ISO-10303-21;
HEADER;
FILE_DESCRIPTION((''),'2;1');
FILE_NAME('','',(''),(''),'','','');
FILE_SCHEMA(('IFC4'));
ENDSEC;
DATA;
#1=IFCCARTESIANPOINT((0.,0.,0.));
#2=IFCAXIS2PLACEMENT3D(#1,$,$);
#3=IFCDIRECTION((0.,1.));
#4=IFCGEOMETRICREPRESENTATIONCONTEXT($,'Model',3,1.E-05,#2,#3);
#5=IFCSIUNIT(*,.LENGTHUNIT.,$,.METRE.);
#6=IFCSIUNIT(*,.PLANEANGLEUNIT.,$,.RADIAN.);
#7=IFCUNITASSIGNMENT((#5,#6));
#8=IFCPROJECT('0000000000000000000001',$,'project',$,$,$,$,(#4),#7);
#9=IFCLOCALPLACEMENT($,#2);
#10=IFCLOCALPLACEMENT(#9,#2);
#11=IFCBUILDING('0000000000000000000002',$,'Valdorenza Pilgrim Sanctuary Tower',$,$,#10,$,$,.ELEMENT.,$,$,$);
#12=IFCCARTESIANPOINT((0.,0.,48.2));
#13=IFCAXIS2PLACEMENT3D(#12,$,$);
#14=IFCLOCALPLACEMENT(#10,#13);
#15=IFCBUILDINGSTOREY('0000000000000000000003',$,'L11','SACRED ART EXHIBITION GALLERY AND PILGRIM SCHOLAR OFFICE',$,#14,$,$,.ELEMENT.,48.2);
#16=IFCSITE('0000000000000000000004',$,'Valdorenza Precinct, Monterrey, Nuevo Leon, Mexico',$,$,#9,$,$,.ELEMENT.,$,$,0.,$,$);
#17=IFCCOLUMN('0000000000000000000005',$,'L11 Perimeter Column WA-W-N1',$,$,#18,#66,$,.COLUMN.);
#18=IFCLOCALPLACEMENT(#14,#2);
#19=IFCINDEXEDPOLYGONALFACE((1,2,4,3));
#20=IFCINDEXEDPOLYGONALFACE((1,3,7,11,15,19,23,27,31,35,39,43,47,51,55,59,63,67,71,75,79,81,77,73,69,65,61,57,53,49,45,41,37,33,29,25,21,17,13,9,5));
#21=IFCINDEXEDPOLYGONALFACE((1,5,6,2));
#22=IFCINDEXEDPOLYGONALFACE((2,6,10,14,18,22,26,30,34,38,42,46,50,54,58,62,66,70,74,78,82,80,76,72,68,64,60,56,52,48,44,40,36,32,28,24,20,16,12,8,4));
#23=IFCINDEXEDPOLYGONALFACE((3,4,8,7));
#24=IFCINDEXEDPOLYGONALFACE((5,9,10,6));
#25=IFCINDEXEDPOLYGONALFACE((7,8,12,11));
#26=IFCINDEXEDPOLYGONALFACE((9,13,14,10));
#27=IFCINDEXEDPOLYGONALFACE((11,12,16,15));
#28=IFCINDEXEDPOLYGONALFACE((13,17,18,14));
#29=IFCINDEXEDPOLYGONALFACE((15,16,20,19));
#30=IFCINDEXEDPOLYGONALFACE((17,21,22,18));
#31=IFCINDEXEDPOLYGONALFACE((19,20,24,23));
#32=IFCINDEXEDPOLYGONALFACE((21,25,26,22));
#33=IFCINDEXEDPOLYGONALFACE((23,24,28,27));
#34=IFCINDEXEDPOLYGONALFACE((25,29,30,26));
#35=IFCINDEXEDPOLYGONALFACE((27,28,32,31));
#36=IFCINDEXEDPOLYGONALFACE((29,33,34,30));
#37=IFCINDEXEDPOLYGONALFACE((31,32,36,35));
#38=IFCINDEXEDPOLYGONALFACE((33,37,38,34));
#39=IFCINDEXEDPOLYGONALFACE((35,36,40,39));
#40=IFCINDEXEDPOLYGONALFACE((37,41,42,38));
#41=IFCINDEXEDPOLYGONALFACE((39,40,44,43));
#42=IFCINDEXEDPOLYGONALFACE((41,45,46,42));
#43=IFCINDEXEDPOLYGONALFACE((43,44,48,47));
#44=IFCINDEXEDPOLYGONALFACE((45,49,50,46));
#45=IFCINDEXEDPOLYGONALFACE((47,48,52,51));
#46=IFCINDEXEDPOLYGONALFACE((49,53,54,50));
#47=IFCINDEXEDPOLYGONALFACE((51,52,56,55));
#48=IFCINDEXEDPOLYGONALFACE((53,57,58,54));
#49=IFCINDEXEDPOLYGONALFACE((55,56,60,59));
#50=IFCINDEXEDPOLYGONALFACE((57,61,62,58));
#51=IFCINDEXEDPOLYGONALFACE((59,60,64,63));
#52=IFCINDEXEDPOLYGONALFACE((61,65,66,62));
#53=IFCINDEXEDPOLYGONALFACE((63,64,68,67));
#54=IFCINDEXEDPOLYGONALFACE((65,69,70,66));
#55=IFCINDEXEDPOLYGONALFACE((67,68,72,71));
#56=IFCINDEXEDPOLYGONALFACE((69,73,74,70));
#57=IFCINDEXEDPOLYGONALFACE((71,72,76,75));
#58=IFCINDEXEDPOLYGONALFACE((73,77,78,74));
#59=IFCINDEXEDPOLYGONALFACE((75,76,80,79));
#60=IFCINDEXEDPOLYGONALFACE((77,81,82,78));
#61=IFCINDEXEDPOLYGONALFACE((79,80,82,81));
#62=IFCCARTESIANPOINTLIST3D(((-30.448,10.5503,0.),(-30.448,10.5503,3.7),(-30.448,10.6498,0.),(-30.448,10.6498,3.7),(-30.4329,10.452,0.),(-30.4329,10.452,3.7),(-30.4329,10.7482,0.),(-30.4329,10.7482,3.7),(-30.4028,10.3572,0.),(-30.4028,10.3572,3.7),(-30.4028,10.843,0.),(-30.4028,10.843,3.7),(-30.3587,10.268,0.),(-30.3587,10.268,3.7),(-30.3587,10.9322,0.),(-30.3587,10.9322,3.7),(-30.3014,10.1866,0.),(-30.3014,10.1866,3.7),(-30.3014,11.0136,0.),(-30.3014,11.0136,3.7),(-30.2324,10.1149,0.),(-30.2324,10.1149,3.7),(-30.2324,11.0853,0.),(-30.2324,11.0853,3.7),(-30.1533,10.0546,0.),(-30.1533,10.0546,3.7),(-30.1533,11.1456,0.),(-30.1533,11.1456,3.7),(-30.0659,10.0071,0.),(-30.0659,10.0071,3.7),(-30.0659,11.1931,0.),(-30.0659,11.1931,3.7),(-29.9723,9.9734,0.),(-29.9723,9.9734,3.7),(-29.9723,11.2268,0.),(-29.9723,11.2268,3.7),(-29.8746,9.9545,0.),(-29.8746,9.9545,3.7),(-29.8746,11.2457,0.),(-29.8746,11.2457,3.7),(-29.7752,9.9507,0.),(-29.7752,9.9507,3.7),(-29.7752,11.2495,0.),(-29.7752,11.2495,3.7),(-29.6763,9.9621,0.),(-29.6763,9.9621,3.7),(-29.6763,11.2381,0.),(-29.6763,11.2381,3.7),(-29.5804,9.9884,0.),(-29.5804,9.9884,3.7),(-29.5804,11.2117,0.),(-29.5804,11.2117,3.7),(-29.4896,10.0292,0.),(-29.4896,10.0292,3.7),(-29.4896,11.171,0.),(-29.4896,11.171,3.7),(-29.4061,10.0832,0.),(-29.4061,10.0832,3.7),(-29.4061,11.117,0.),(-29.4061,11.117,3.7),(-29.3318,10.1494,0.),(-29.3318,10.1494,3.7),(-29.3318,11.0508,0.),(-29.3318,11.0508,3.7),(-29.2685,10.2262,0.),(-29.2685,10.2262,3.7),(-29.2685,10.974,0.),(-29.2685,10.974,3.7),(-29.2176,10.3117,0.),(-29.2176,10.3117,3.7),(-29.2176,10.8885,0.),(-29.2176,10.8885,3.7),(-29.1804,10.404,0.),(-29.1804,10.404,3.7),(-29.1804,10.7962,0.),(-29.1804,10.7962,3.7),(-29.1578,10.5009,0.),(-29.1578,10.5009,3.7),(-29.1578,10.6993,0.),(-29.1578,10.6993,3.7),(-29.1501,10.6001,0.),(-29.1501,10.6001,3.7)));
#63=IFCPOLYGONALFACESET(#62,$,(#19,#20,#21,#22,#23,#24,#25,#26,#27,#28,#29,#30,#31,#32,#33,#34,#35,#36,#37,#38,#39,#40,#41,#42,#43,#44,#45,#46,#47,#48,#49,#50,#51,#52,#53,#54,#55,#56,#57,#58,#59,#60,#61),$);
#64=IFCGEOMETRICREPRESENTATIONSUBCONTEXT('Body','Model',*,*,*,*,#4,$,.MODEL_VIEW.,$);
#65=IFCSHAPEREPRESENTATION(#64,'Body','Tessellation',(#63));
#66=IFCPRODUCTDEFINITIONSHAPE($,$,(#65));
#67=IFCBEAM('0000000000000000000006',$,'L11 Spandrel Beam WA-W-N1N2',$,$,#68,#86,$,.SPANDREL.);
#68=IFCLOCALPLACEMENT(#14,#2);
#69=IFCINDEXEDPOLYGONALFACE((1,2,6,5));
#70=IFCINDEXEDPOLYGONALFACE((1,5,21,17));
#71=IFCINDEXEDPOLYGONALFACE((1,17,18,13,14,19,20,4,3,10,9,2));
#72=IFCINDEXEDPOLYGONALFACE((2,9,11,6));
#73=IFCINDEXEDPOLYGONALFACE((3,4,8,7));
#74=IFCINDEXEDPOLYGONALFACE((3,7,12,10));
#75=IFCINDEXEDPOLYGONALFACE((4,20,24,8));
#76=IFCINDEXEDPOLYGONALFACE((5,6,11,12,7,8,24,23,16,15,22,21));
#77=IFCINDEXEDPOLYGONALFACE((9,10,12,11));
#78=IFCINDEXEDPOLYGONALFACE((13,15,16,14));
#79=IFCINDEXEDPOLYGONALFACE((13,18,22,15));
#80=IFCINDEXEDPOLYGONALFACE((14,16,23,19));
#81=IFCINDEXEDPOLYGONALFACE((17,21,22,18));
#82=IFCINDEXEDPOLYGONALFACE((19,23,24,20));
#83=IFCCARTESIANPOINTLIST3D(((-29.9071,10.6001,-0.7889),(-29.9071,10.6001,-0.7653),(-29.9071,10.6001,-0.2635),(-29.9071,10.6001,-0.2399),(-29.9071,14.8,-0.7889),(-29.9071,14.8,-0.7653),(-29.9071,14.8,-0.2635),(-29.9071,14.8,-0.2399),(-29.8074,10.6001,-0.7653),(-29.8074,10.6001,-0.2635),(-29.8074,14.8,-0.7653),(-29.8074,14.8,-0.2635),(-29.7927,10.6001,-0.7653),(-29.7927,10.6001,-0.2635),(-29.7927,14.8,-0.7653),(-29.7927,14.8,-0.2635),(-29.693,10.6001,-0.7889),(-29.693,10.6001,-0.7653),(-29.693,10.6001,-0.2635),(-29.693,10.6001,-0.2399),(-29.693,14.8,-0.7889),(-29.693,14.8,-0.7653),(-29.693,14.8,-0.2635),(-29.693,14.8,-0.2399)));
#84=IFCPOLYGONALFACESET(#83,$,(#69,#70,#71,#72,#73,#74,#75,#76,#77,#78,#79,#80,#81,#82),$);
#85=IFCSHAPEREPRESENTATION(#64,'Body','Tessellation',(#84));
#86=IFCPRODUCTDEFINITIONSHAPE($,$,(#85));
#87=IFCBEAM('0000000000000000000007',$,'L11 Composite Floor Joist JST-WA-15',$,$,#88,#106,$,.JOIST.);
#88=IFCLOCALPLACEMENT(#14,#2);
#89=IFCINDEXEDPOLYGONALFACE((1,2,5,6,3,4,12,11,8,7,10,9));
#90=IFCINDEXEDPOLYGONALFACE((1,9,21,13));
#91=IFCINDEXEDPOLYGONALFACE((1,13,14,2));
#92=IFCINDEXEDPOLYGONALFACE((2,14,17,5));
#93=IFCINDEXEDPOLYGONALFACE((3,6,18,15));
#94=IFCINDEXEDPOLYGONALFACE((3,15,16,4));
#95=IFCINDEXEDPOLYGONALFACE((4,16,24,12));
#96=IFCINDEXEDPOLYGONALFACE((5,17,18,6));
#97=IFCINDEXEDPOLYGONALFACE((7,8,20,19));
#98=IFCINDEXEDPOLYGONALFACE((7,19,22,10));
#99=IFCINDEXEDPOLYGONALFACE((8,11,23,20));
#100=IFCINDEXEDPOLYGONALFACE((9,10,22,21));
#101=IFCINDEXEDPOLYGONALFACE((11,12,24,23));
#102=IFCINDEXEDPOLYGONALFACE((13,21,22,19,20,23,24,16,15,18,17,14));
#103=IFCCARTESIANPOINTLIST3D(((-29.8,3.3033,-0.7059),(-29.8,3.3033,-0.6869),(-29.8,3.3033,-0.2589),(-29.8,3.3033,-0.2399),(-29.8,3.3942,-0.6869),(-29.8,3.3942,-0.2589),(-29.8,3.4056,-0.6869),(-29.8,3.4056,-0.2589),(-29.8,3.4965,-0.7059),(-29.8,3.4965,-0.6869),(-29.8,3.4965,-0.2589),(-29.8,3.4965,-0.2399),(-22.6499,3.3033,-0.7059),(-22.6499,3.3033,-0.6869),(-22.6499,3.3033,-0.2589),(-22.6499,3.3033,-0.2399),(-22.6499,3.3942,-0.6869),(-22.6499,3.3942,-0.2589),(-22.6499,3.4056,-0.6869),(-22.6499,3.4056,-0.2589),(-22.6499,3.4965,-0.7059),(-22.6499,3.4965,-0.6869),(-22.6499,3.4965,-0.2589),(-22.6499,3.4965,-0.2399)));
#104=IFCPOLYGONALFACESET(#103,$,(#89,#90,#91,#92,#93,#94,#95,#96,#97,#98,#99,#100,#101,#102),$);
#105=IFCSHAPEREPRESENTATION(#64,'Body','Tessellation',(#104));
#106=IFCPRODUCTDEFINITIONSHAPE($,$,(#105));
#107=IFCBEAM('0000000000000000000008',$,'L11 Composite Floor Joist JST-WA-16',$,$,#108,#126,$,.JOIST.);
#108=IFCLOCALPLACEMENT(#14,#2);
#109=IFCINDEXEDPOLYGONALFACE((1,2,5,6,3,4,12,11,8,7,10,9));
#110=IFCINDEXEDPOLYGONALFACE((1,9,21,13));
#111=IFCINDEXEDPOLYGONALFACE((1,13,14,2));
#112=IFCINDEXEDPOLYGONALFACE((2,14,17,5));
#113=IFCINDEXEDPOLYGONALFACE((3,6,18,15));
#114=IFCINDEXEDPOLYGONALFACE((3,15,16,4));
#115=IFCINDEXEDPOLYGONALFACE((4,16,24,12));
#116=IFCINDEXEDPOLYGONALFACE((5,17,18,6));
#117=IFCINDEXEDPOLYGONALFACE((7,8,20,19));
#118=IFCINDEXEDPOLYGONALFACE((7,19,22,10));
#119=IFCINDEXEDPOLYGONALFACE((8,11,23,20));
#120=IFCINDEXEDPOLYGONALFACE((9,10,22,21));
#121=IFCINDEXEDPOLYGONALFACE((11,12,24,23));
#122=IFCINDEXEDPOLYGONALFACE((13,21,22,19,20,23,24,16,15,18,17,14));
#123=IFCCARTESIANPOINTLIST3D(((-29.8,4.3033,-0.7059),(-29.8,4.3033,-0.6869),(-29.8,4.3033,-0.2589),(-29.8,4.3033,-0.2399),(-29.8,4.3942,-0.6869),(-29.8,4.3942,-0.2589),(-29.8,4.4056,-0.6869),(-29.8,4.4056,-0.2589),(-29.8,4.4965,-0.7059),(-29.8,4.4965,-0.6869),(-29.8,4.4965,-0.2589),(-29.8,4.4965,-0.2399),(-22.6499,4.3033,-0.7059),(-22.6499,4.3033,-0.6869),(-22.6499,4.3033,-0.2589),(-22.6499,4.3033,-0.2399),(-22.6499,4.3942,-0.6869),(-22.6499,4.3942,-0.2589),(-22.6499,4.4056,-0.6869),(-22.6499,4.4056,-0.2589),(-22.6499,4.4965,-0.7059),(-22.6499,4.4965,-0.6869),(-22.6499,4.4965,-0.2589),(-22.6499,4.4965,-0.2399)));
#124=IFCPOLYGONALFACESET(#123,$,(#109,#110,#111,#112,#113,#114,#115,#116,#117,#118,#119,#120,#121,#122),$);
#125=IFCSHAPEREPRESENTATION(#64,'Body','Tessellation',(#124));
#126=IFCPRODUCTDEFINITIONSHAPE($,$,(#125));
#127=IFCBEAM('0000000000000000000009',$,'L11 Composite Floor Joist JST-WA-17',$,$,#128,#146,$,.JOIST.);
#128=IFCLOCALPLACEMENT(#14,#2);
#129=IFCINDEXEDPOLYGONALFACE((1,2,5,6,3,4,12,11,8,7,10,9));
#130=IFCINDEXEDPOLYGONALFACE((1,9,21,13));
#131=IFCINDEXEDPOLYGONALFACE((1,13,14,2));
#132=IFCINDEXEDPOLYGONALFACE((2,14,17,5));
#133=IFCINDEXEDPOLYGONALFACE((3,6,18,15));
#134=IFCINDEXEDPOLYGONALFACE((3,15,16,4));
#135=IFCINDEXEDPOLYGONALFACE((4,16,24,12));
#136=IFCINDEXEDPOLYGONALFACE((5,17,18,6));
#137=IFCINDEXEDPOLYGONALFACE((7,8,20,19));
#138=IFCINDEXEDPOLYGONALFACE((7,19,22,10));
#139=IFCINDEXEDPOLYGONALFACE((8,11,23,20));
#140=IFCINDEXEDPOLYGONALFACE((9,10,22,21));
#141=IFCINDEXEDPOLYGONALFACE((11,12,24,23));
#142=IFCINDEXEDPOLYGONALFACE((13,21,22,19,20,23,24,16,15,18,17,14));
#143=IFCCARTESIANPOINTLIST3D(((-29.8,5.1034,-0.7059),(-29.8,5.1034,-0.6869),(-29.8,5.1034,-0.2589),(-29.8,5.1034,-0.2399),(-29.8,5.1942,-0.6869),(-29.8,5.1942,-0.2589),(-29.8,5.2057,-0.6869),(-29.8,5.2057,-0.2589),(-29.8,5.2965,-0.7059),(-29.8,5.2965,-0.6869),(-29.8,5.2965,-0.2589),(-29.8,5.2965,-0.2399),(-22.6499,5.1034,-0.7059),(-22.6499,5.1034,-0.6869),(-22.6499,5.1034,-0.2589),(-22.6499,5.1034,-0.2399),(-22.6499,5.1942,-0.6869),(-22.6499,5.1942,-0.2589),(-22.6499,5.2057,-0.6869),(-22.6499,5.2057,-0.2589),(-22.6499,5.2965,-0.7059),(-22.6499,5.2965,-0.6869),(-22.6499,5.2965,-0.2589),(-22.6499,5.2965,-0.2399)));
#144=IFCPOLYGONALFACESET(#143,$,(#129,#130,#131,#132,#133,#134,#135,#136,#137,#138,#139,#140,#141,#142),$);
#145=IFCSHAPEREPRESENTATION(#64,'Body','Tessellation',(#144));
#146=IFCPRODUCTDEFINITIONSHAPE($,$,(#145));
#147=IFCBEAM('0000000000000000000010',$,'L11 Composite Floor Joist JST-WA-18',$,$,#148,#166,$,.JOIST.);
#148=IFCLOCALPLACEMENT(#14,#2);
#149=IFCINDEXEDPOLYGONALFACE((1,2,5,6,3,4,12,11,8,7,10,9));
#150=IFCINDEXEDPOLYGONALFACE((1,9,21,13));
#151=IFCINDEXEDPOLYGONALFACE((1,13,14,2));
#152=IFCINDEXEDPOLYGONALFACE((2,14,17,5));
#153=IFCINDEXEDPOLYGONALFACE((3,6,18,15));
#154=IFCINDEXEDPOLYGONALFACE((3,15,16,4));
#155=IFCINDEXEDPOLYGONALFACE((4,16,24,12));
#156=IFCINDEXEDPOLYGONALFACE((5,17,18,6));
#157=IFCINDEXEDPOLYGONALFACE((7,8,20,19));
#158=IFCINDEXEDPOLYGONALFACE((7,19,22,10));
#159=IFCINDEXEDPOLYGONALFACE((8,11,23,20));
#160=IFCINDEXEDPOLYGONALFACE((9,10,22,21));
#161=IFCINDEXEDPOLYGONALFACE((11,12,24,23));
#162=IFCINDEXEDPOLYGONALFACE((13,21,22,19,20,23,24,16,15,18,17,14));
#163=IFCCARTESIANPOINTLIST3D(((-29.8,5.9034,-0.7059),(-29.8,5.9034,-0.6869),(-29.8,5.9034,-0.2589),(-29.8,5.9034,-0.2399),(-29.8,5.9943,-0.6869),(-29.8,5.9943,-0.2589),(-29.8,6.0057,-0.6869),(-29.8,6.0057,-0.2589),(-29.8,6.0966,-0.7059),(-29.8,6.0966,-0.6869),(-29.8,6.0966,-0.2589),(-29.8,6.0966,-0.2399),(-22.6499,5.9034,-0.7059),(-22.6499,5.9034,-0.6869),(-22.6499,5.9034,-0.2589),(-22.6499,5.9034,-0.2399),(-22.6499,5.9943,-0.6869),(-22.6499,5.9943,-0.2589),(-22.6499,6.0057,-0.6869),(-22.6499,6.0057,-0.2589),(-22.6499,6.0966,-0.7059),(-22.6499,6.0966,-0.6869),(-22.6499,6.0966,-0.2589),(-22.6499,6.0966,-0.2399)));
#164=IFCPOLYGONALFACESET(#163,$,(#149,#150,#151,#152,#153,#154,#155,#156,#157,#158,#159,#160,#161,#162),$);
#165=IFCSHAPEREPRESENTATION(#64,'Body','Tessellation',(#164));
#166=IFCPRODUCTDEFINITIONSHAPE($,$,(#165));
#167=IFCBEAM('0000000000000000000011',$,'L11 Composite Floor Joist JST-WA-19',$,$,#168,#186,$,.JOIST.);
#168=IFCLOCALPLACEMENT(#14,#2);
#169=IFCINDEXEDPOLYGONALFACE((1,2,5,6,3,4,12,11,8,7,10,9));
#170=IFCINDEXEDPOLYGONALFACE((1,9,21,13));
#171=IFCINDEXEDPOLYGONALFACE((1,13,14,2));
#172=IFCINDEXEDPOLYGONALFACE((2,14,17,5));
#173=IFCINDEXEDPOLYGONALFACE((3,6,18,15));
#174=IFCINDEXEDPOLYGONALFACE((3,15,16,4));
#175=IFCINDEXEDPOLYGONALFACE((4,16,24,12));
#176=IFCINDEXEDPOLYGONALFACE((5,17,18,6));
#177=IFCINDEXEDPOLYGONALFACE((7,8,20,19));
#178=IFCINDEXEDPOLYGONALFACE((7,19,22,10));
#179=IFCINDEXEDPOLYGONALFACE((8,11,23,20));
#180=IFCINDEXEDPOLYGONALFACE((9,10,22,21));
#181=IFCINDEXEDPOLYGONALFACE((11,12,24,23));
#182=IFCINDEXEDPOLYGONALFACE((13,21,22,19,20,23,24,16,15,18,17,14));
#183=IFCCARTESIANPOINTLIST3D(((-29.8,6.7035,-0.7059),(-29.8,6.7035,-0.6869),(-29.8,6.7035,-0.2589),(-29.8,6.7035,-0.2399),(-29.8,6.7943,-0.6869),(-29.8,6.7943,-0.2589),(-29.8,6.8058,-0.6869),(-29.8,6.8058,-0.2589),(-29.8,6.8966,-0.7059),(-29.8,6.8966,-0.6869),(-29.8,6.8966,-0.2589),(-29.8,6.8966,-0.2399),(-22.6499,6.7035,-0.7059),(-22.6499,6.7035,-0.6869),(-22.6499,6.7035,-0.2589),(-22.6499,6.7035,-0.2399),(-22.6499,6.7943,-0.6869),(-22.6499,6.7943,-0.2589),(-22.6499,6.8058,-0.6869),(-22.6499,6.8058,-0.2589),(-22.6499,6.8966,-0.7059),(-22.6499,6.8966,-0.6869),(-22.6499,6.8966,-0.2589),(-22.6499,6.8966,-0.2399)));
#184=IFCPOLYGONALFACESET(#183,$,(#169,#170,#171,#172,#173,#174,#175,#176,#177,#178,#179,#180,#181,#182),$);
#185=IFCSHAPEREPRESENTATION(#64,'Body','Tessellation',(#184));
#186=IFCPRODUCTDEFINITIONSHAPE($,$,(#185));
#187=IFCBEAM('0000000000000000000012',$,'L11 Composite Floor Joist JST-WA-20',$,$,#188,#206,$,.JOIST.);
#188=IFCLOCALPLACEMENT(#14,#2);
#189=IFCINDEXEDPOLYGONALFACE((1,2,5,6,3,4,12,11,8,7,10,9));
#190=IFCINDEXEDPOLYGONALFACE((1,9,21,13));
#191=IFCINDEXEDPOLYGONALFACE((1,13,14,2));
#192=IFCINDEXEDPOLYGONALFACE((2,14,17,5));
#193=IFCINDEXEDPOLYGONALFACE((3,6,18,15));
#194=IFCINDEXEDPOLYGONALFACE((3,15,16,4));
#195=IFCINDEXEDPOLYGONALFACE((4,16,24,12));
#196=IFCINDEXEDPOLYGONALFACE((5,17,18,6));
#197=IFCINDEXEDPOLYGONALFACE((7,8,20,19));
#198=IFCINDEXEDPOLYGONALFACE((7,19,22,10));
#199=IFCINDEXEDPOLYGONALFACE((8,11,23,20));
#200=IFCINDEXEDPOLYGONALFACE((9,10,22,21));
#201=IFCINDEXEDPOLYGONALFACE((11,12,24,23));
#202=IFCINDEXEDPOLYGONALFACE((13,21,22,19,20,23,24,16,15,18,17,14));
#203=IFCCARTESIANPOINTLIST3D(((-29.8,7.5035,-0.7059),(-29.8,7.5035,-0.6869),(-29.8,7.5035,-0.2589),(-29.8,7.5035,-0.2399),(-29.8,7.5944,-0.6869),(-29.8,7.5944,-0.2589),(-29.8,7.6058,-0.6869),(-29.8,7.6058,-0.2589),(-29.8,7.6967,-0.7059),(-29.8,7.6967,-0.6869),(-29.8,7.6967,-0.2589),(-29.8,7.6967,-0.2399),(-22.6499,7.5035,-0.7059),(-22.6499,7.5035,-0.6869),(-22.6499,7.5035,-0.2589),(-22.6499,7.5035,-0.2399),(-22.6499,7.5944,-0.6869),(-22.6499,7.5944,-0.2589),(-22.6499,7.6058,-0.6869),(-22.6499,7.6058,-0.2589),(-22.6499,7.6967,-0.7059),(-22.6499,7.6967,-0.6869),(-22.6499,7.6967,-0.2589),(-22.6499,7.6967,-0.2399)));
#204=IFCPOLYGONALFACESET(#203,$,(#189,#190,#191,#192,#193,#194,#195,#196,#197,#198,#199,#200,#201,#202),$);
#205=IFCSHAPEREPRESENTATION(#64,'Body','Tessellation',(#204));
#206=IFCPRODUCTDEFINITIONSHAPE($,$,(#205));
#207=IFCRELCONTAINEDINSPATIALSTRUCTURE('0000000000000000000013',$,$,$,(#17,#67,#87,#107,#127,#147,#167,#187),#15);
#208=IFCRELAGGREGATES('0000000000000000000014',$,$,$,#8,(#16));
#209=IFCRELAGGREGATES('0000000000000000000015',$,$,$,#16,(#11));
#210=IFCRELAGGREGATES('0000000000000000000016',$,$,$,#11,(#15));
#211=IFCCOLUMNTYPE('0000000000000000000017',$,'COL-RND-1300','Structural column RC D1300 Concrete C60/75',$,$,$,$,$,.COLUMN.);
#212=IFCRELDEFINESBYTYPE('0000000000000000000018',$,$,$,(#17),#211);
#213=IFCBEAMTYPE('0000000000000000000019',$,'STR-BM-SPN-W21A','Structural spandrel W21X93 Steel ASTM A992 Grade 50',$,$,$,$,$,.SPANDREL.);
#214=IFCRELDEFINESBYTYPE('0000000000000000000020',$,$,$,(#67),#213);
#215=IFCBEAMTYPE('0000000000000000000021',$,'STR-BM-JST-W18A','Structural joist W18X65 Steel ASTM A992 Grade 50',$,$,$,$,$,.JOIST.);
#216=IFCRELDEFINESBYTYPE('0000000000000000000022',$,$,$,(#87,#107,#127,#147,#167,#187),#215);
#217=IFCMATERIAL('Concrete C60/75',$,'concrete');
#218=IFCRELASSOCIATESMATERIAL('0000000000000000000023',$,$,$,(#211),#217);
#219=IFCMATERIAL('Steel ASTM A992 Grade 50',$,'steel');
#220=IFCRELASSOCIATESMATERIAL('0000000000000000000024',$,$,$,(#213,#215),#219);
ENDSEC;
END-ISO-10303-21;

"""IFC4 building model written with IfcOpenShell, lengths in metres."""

from ifc_helpers import new_model, si_unit, direction, frame, origin, origin_2d, place, context, subcontext, project, spatial, circle, i_section, extrude, source, transform, mapped, material, material_profile, profile_set, type_object, element, save


model = new_model("IFC4")

# Units and contexts
model_context = context("Model", 3, precision=1e-05, world=origin(), true_north=direction((0.0, 1.0)))
body_context = subcontext(model_context, "Body", "Model", "MODEL_VIEW")
ifc_project = project(units=[si_unit("LENGTHUNIT", "METRE"), si_unit("PLANEANGLEUNIT", "RADIAN")], contexts=[model_context])

# Site, building, storey
site_placement = place(None, origin())
site = spatial("IfcSite", under=ifc_project, at=site_placement, Name="Valdorenza Precinct, Monterrey, Nuevo Leon, Mexico", CompositionType="ELEMENT", RefElevation=0.0)
building_placement = place(site_placement, origin())
building = spatial("IfcBuilding", under=site, at=building_placement, Name="Valdorenza Pilgrim Sanctuary Tower", CompositionType="ELEMENT")
storey_placement = place(building_placement, frame((0.0, 0.0, 48.2)))
storey = spatial("IfcBuildingStorey", under=building, at=storey_placement, Name="L11", Description="SACRED ART EXHIBITION GALLERY AND PILGRIM SCHOLAR OFFICE", CompositionType="ELEMENT", Elevation=48.2)

# Column
ifc_material_1 = material(Name="Concrete C60/75", Category="concrete")
ifc_material_profile_1 = material_profile(ifc_material_1, circle(Radius=0.6499, at=origin_2d()), Name="RC D1300")
ifc_profile_set_1 = profile_set([ifc_material_profile_1], Name="Concrete C60/75")
column_type = type_object("IfcColumnType", Name="COL-RND-1300", Description="Structural column RC D1300 Concrete C60/75", PredefinedType="COLUMN", material=ifc_profile_set_1)
shared_shape_1 = source(origin(), body_context, "Body", "SweptSolid", [
    extrude(circle(Radius=0.6499, at=origin_2d()), origin(), (0.0, 0.0, 1.0), 3.7),
])
column_placement = place(storey_placement, frame((-29.8, 10.6001, 0.0), z_axis=(0.0, 0.0, 1.0), x_axis=(1.0, 0.0, 0.0)))
element("IfcColumn", 1, at=column_placement, inside=storey, type_object=column_type, Name="L11 Perimeter Column WA-W-N1", PredefinedType="COLUMN", context=body_context, shape_type="MappedRepresentation", body=[
    mapped(shared_shape_1, transform((0.0, 0.0, 0.0), x_axis=(1.0, 0.0, 0.0), y_axis=(0.0, 1.0, 0.0), z_axis=(0.0, 0.0, 1.0), scale=1.0)),
])

# Beams
ifc_material_2 = material(Name="Steel ASTM A992 Grade 50", Category="steel")
ifc_material_profile_2 = material_profile(ifc_material_2, i_section(OverallWidth=0.2141, OverallDepth=0.5491, WebThickness=0.0146, FlangeThickness=0.0237, at=origin_2d()), Name="W21X93")
ifc_profile_set_2 = profile_set([ifc_material_profile_2], Name="Steel ASTM A992 Grade 50")
beam_type_1 = type_object("IfcBeamType", Name="STR-BM-SPN-W21A", Description="Structural spandrel W21X93 Steel ASTM A992 Grade 50", PredefinedType="SPANDREL", material=ifc_profile_set_2)
shared_shape_2 = source(origin(), body_context, "Body", "SweptSolid", [
    extrude(i_section(OverallWidth=0.2141, OverallDepth=0.5491, WebThickness=0.0146, FlangeThickness=0.0237, at=origin_2d()), origin(), (0.0, 0.0, 1.0), 4.2),
])
beam_1_placement = place(storey_placement, frame((-29.8, 10.6001, -0.5144), z_axis=(0.0, 1.0, 0.0), x_axis=(-1.0, 0.0, 0.0)))
element("IfcBeam", 2, at=beam_1_placement, inside=storey, type_object=beam_type_1, Name="L11 Spandrel Beam WA-W-N1N2", PredefinedType="SPANDREL", context=body_context, shape_type="MappedRepresentation", body=[
    mapped(shared_shape_2, transform((0.0, 0.0, 0.0), x_axis=(1.0, 0.0, 0.0), y_axis=(0.0, 1.0, 0.0), z_axis=(0.0, 0.0, 1.0), scale=1.0)),
])
ifc_material_profile_3 = material_profile(ifc_material_2, i_section(OverallWidth=0.1931, OverallDepth=0.4661, WebThickness=0.0115, FlangeThickness=0.019, at=origin_2d()), Name="W18X65")
ifc_profile_set_3 = profile_set([ifc_material_profile_3], Name="Steel ASTM A992 Grade 50")
beam_type_2 = type_object("IfcBeamType", Name="STR-BM-JST-W18A", Description="Structural joist W18X65 Steel ASTM A992 Grade 50", PredefinedType="JOIST", material=ifc_profile_set_3)
shared_shape_3 = source(origin(), body_context, "Body", "SweptSolid", [
    extrude(i_section(OverallWidth=0.1931, OverallDepth=0.4661, WebThickness=0.0115, FlangeThickness=0.019, at=origin_2d()), origin(), (0.0, 0.0, 1.0), 7.1501),
])
for number, where, z_axis, x_axis, name in (
    (3, (-29.8, 3.3999, -0.4729), (1.0, 0.0, 0.0), (0.0, 1.0, 0.0), "L11 Composite Floor Joist JST-WA-15"),
    (4, (-29.8, 4.3999, -0.4729), (1.0, 0.0, 0.0), (0.0, 1.0, 0.0), "L11 Composite Floor Joist JST-WA-16"),
    (5, (-29.8, 5.2, -0.4729), (1.0, 0.0, 0.0), (0.0, 1.0, 0.0), "L11 Composite Floor Joist JST-WA-17"),
    (6, (-29.8, 6.0, -0.4729), (1.0, 0.0, 0.0), (0.0, 1.0, 0.0), "L11 Composite Floor Joist JST-WA-18"),
    (7, (-29.8, 6.8, -0.4729), (1.0, 0.0, 0.0), (0.0, 1.0, 0.0), "L11 Composite Floor Joist JST-WA-19"),
    (8, (-29.8, 7.6001, -0.4729), (1.0, 0.0, 0.0), (0.0, 1.0, 0.0), "L11 Composite Floor Joist JST-WA-20"),
):
    element("IfcBeam", number, at=place(storey_placement, frame(where, z_axis=z_axis, x_axis=x_axis)), inside=storey, type_object=beam_type_2, Name=name, PredefinedType="JOIST", context=body_context, shape_type="MappedRepresentation", body=[
        mapped(shared_shape_3, transform((0.0, 0.0, 0.0), x_axis=(1.0, 0.0, 0.0), y_axis=(0.0, 1.0, 0.0), z_axis=(0.0, 0.0, 1.0), scale=1.0)),
    ])

save(model, "model.ifc")
